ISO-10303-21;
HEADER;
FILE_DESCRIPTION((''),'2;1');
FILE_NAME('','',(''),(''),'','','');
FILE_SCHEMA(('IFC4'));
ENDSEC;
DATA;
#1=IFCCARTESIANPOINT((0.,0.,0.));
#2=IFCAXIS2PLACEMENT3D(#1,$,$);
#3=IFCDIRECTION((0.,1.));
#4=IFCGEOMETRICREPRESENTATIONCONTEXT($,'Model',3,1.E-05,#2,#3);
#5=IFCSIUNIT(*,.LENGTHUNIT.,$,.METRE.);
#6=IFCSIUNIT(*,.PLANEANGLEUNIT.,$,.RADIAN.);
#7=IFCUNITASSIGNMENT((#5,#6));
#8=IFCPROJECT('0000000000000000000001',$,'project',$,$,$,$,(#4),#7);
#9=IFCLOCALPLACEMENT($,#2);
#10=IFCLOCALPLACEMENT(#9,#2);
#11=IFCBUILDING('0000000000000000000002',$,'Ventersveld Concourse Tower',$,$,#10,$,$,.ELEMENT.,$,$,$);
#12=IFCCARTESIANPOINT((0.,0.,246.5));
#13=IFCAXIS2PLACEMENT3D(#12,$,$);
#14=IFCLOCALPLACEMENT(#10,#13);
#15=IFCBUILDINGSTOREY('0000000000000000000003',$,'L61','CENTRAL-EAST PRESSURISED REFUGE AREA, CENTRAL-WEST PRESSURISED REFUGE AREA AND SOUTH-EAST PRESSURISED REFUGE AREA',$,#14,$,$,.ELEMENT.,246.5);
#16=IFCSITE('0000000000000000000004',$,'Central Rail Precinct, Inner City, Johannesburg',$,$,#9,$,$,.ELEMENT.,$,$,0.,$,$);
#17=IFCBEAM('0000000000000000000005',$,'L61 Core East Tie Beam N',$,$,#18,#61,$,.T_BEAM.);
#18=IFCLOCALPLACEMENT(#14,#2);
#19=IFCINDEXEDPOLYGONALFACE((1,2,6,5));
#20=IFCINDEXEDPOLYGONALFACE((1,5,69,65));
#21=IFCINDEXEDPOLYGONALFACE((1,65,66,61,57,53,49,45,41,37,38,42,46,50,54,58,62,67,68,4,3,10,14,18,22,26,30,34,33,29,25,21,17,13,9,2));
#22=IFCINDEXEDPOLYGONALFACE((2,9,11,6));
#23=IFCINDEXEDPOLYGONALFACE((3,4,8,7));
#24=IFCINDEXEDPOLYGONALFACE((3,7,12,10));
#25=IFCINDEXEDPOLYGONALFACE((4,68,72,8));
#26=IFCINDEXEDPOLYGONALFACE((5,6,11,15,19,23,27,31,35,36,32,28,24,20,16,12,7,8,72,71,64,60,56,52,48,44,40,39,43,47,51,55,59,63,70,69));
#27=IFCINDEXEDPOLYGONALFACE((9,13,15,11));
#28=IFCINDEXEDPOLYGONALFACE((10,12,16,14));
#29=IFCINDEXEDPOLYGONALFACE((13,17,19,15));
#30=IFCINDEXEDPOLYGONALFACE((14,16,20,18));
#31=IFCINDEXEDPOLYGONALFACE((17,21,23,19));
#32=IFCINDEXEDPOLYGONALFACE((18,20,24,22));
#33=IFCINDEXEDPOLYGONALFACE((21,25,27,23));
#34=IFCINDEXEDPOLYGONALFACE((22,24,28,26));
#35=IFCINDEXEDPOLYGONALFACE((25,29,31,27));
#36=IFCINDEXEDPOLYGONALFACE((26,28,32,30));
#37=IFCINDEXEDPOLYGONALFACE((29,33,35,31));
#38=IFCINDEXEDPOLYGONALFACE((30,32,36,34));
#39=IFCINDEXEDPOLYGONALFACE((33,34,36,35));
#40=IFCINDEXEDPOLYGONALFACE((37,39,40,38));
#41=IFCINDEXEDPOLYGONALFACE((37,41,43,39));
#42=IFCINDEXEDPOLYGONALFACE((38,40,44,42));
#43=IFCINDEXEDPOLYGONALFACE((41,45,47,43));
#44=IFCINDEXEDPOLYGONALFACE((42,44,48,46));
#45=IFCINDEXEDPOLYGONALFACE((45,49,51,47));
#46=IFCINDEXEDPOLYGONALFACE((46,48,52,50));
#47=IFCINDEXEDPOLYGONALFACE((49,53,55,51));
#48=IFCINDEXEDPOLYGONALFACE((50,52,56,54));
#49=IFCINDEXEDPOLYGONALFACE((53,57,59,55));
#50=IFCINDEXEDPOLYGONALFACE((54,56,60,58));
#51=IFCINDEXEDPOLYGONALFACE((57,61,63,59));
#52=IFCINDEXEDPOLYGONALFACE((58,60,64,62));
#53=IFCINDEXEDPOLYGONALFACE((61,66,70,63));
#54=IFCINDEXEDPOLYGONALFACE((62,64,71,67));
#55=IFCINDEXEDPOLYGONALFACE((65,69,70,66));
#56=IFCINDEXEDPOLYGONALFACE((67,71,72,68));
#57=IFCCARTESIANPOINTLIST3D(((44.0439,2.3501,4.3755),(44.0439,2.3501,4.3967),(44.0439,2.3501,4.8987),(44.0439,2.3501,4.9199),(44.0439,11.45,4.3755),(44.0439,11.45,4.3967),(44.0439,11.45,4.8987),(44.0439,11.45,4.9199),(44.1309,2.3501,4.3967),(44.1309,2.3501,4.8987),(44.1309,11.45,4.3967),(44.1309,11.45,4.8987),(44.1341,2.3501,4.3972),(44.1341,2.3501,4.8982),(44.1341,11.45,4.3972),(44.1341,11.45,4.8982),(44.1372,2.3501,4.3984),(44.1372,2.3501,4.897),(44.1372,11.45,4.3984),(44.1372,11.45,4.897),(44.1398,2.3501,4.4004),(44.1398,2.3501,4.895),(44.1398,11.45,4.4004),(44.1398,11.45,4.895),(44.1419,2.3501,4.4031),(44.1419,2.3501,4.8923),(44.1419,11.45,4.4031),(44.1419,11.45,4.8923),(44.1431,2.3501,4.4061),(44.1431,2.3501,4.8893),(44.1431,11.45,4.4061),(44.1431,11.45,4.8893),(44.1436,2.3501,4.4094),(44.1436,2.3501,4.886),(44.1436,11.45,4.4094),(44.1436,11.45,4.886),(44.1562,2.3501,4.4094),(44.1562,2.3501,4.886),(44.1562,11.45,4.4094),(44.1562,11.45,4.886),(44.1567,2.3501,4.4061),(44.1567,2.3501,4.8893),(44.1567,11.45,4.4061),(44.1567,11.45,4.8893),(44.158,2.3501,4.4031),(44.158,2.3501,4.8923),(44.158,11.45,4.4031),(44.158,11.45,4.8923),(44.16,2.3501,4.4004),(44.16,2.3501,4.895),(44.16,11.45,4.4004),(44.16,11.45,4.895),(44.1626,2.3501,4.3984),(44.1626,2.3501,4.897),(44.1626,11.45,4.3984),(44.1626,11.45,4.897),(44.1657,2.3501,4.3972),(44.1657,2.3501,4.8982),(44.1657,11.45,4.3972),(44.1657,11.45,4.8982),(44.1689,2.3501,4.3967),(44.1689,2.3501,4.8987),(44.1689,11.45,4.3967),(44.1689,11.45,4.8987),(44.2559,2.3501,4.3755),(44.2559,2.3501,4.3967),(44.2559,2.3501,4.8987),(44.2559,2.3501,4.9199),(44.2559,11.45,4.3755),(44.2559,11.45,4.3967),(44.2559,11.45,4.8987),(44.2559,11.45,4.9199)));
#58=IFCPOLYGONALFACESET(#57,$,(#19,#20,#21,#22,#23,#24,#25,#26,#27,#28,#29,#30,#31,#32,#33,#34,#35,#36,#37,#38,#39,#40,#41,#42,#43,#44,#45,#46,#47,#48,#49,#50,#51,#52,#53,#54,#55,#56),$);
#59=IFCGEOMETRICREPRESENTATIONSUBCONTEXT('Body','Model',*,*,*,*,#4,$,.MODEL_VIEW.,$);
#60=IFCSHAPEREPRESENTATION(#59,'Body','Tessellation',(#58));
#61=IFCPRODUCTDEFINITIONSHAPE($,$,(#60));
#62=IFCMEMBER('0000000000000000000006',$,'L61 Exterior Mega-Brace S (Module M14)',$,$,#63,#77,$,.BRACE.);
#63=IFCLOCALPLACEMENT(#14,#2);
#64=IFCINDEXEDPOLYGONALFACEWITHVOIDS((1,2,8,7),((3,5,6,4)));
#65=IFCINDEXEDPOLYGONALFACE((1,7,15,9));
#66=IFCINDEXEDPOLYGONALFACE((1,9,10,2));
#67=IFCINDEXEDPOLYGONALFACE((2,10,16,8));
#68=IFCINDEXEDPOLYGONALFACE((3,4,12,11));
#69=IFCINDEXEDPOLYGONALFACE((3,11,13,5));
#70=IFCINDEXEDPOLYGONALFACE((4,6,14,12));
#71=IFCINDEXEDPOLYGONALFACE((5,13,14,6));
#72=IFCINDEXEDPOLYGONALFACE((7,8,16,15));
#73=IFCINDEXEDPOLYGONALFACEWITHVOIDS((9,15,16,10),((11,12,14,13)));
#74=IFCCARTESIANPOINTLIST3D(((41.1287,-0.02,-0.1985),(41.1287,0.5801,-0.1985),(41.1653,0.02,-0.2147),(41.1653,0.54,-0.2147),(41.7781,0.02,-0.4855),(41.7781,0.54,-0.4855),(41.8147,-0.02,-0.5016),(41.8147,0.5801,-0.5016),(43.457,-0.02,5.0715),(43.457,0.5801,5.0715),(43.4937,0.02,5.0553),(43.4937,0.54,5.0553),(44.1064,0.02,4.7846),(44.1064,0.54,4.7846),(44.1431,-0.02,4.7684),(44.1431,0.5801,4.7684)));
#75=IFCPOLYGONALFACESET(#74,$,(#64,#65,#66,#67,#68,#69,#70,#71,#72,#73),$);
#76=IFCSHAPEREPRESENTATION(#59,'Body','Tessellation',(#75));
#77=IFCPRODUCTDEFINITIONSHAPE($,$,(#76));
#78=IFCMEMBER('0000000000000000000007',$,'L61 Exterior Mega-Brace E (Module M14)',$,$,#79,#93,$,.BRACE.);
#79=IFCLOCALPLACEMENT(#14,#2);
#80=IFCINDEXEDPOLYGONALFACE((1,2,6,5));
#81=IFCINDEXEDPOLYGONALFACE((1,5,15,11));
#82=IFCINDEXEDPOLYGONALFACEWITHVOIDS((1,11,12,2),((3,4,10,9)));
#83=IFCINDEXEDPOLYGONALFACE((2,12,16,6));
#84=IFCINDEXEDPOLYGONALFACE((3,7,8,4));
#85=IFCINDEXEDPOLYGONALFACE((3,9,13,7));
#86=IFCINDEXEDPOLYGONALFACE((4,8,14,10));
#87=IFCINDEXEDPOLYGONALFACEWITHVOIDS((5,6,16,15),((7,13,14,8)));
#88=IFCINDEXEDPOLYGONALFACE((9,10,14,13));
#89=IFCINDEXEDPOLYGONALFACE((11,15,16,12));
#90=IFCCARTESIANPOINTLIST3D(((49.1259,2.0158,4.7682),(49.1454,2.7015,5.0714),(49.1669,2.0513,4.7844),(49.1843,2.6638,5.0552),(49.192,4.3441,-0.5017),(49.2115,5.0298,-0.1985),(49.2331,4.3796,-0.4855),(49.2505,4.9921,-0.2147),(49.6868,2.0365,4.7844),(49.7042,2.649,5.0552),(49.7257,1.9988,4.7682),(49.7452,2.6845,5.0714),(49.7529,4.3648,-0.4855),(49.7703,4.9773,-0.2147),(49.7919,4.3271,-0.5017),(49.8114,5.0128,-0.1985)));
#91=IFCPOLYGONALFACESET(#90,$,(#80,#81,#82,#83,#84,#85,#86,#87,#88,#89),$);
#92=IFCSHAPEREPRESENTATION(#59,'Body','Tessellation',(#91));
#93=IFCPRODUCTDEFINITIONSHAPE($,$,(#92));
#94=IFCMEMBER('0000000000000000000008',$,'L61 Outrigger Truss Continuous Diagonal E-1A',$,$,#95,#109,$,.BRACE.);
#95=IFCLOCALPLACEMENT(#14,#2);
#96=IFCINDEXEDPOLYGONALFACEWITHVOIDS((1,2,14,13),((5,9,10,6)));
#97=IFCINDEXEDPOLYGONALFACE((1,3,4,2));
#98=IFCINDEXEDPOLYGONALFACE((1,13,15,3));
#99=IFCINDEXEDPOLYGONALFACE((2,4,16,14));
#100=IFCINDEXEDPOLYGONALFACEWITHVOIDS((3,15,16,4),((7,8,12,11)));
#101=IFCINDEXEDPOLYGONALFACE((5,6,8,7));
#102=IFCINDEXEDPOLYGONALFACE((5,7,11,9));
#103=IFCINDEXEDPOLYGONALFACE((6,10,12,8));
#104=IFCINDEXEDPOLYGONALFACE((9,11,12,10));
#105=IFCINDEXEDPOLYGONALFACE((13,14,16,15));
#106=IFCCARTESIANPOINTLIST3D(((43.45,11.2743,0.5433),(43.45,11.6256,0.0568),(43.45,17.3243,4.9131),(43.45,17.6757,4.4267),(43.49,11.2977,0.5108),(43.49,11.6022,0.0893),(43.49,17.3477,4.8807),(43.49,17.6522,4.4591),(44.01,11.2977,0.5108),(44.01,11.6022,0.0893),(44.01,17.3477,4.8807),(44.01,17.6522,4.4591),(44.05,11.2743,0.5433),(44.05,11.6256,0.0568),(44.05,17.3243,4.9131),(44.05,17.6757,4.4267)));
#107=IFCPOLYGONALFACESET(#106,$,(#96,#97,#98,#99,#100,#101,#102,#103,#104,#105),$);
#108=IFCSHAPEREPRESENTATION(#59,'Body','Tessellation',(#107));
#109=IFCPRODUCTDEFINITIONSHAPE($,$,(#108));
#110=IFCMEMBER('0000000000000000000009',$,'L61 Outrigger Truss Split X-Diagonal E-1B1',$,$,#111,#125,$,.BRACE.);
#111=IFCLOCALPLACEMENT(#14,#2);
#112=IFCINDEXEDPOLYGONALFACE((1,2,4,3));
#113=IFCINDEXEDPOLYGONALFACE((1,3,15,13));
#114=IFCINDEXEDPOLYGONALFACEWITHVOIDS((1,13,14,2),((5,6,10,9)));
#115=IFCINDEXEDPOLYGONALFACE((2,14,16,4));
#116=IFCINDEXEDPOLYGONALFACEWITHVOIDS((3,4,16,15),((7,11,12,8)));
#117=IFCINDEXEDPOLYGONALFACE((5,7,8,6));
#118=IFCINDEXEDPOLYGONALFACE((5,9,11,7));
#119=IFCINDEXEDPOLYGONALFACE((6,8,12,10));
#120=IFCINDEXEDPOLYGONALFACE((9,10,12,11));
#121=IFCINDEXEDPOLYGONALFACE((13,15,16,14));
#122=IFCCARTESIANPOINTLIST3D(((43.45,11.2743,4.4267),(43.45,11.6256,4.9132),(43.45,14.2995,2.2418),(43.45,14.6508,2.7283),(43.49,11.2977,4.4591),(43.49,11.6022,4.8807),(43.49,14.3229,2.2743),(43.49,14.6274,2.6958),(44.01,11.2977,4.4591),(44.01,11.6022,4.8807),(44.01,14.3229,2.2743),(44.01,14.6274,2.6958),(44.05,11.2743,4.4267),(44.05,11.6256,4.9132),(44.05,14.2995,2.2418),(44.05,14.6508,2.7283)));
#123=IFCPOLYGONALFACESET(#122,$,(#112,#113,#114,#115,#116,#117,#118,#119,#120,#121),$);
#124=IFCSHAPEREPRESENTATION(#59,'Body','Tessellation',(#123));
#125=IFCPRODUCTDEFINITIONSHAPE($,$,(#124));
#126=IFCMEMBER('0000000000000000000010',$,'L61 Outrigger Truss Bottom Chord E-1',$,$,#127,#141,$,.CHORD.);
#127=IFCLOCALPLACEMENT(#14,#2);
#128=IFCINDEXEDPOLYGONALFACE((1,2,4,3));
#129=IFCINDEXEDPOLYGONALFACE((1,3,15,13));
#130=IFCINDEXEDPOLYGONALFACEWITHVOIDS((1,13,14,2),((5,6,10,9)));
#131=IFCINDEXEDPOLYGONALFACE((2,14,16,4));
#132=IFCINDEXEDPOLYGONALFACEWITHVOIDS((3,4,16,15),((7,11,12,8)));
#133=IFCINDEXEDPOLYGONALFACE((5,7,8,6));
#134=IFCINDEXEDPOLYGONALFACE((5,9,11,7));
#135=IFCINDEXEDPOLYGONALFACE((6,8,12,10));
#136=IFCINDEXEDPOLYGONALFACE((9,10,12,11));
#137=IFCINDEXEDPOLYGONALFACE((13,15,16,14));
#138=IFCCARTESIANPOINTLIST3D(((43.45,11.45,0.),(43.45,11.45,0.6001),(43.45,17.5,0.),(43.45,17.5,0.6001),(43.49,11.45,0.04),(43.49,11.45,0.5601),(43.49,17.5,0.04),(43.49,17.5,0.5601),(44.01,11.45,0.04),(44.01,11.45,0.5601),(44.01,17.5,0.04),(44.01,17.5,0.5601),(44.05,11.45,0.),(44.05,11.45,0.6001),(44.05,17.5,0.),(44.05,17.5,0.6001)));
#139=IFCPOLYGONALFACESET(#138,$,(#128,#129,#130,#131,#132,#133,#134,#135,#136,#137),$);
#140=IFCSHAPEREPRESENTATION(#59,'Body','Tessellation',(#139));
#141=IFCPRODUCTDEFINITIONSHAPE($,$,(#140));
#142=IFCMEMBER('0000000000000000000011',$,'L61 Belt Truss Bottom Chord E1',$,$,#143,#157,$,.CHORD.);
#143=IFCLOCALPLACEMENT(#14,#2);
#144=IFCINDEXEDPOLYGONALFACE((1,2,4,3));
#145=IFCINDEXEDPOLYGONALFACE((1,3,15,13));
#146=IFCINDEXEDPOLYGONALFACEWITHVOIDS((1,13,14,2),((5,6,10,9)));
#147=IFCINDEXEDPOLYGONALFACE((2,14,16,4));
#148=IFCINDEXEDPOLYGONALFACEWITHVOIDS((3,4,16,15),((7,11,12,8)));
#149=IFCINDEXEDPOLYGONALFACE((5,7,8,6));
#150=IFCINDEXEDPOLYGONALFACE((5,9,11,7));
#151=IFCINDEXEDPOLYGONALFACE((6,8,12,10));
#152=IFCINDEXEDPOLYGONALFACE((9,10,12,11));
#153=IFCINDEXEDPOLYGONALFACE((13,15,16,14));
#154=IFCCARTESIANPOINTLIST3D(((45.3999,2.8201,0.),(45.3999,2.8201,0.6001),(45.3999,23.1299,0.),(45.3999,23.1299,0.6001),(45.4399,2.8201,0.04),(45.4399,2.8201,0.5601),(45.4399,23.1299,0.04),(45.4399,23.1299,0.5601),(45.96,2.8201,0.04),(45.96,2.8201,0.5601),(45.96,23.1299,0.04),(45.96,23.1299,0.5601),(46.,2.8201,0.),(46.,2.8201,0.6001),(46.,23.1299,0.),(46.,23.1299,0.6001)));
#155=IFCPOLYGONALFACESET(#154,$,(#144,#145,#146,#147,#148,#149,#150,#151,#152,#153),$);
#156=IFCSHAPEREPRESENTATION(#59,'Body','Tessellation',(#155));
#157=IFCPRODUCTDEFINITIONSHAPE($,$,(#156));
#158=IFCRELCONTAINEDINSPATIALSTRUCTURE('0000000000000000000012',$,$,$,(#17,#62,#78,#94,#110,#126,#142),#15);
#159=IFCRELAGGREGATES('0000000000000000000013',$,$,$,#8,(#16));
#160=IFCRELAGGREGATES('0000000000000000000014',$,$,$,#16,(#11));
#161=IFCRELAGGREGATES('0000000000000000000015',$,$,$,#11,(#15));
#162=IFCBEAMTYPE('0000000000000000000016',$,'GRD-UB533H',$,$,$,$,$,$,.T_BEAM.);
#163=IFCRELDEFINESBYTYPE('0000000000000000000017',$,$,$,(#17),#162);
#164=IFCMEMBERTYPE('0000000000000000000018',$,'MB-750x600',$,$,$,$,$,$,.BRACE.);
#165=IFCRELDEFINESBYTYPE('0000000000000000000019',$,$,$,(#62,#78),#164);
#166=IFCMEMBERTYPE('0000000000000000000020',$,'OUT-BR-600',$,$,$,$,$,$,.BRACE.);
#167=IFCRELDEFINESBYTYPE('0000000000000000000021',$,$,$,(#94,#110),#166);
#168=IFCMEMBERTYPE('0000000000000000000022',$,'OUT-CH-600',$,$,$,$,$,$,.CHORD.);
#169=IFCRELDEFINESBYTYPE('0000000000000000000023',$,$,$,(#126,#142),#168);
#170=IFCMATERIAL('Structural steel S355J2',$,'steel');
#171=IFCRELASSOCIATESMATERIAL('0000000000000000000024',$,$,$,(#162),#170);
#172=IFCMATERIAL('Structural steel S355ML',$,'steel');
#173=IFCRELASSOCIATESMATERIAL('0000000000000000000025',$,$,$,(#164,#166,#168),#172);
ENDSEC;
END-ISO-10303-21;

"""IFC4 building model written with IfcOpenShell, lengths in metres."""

from ifc_helpers import new_model, si_unit, direction, frame, origin, origin_2d, place, context, subcontext, project, spatial, hollow_rectangle, i_section, extrude, material, material_profile, profile_set, type_object, element, save


model = new_model("IFC4")

# Units and contexts
model_context = context("Model", 3, precision=1e-05, world=origin(), true_north=direction((0.0, 1.0)))
body_context = subcontext(model_context, "Body", "Model", "MODEL_VIEW")
ifc_project = project(units=[si_unit("LENGTHUNIT", "METRE"), si_unit("PLANEANGLEUNIT", "RADIAN")], contexts=[model_context])

# Site, building, storey
site_placement = place(None, origin())
site = spatial("IfcSite", under=ifc_project, at=site_placement, Name="Central Rail Precinct, Inner City, Johannesburg", CompositionType="ELEMENT", RefElevation=0.0)
building_placement = place(site_placement, origin())
building = spatial("IfcBuilding", under=site, at=building_placement, Name="Ventersveld Concourse Tower", CompositionType="ELEMENT")
storey_placement = place(building_placement, frame((0.0, 0.0, 246.5)))
storey = spatial("IfcBuildingStorey", under=building, at=storey_placement, Name="L61", Description="CENTRAL-EAST PRESSURISED REFUGE AREA, CENTRAL-WEST PRESSURISED REFUGE AREA AND SOUTH-EAST PRESSURISED REFUGE AREA", CompositionType="ELEMENT", Elevation=246.5)

# Shared definitions
ifc_material_1 = material(Name="Structural steel S355ML", Category="steel")

# Beam
ifc_material_2 = material(Name="Structural steel S355J2", Category="steel")
ifc_material_profile_1 = material_profile(ifc_material_2, i_section(OverallWidth=0.2119, OverallDepth=0.5444, WebThickness=0.0127, FlangeThickness=0.0212, FilletRadius=0.0127, at=origin_2d()), Name="UB 533x210x122")
ifc_profile_set_1 = profile_set([ifc_material_profile_1], Name="Structural steel S355J2")
beam_type_1 = type_object("IfcBeamType", Name="GRD-UB533H", PredefinedType="T_BEAM", material=ifc_profile_set_1)
beam_1_placement = place(storey_placement, frame((44.1499, 2.3501, 4.6477), z_axis=(0.0, 1.0, 0.0), x_axis=(-1.0, 0.0, 0.0)))
element("IfcBeam", 1, at=beam_1_placement, inside=storey, type_object=beam_type_1, Name="L61 Core East Tie Beam N", PredefinedType="T_BEAM", context=body_context, shape_type="SweptSolid", body=[
    extrude(i_section(OverallWidth=0.2119, OverallDepth=0.5444, WebThickness=0.0127, FlangeThickness=0.0212, FilletRadius=0.0127, at=origin_2d()), origin(), (0.0, 0.0, 1.0), 9.0999),
])

# Members
ifc_material_profile_2 = material_profile(ifc_material_1, hollow_rectangle(XDim=0.6001, YDim=0.75, WallThickness=0.04, at=origin_2d()), Name="BOX 750x600x40")
ifc_profile_set_2 = profile_set([ifc_material_profile_2], Name="Structural steel S355ML")
member_type_1 = type_object("IfcMemberType", Name="MB-750x600", PredefinedType="BRACE", material=ifc_profile_set_2)
member_1_placement = place(storey_placement, frame((41.4717, 0.28, -0.3501), z_axis=(0.404128, 0.0, 0.914702), x_axis=(0.0, 1.0, 0.0)))
element("IfcMember", 2, at=member_1_placement, inside=storey, type_object=member_type_1, Name="L61 Exterior Mega-Brace S (Module M14)", PredefinedType="BRACE", context=body_context, shape_type="SweptSolid", body=[
    extrude(hollow_rectangle(XDim=0.6001, YDim=0.75, WallThickness=0.04, at=origin_2d()), origin(), (0.0, 0.0, 1.0), 5.7615),
])
member_2_placement = place(storey_placement, frame((49.5017, 4.6785, -0.3501), z_axis=(-0.011483, -0.404102, 0.914642), x_axis=(0.999597, -0.028404, 0.0)))
element("IfcMember", 3, at=member_2_placement, inside=storey, type_object=member_type_1, Name="L61 Exterior Mega-Brace E (Module M14)", PredefinedType="BRACE", context=body_context, shape_type="SweptSolid", body=[
    extrude(hollow_rectangle(XDim=0.6001, YDim=0.75, WallThickness=0.04, at=origin_2d()), origin(), (0.0, 0.0, 1.0), 5.7617),
])
ifc_material_profile_3 = material_profile(ifc_material_1, hollow_rectangle(XDim=0.6001, YDim=0.6001, WallThickness=0.04, at=origin_2d()), Name="BOX 600x600x40")
ifc_profile_set_3 = profile_set([ifc_material_profile_3], Name="Structural steel S355ML")
member_type_2 = type_object("IfcMemberType", Name="OUT-BR-600", PredefinedType="BRACE", material=ifc_profile_set_3)
member_3_placement = place(storey_placement, frame((43.75, 11.45, 0.3), z_axis=(0.0, 0.810654, 0.585525), x_axis=(-1.0, 0.0, 0.0)))
element("IfcMember", 4, at=member_3_placement, inside=storey, type_object=member_type_2, Name="L61 Outrigger Truss Continuous Diagonal E-1A", PredefinedType="BRACE", context=body_context, shape_type="SweptSolid", body=[
    extrude(hollow_rectangle(XDim=0.6001, YDim=0.6001, WallThickness=0.04, at=origin_2d()), origin(), (0.0, 0.0, 1.0), 7.4631),
])
member_4_placement = place(storey_placement, frame((43.75, 11.45, 4.6699), z_axis=(0.0, 0.810681, -0.585488), x_axis=(-1.0, 0.0, 0.0)))
element("IfcMember", 5, at=member_4_placement, inside=storey, type_object=member_type_2, Name="L61 Outrigger Truss Split X-Diagonal E-1B1", PredefinedType="BRACE", context=body_context, shape_type="SweptSolid", body=[
    extrude(hollow_rectangle(XDim=0.6001, YDim=0.6001, WallThickness=0.04, at=origin_2d()), origin(), (0.0, 0.0, 1.0), 3.7317),
])
ifc_material_profile_4 = material_profile(ifc_material_1, hollow_rectangle(XDim=0.6001, YDim=0.6001, WallThickness=0.04, at=origin_2d()), Name="BOX 600x600x40")
ifc_profile_set_4 = profile_set([ifc_material_profile_4], Name="Structural steel S355ML")
member_type_3 = type_object("IfcMemberType", Name="OUT-CH-600", PredefinedType="CHORD", material=ifc_profile_set_4)
member_5_placement = place(storey_placement, frame((43.75, 11.45, 0.3), z_axis=(0.0, 1.0, 0.0), x_axis=(-1.0, 0.0, 0.0)))
element("IfcMember", 6, at=member_5_placement, inside=storey, type_object=member_type_3, Name="L61 Outrigger Truss Bottom Chord E-1", PredefinedType="CHORD", context=body_context, shape_type="SweptSolid", body=[
    extrude(hollow_rectangle(XDim=0.6001, YDim=0.6001, WallThickness=0.04, at=origin_2d()), origin(), (0.0, 0.0, 1.0), 6.05),
])
member_6_placement = place(storey_placement, frame((45.7, 2.8201, 0.3), z_axis=(0.0, 1.0, 0.0), x_axis=(-1.0, 0.0, 0.0)))
element("IfcMember", 7, at=member_6_placement, inside=storey, type_object=member_type_3, Name="L61 Belt Truss Bottom Chord E1", PredefinedType="CHORD", context=body_context, shape_type="SweptSolid", body=[
    extrude(hollow_rectangle(XDim=0.6001, YDim=0.6001, WallThickness=0.04, at=origin_2d()), origin(), (0.0, 0.0, 1.0), 20.3098),
])

save(model, "model.ifc")
